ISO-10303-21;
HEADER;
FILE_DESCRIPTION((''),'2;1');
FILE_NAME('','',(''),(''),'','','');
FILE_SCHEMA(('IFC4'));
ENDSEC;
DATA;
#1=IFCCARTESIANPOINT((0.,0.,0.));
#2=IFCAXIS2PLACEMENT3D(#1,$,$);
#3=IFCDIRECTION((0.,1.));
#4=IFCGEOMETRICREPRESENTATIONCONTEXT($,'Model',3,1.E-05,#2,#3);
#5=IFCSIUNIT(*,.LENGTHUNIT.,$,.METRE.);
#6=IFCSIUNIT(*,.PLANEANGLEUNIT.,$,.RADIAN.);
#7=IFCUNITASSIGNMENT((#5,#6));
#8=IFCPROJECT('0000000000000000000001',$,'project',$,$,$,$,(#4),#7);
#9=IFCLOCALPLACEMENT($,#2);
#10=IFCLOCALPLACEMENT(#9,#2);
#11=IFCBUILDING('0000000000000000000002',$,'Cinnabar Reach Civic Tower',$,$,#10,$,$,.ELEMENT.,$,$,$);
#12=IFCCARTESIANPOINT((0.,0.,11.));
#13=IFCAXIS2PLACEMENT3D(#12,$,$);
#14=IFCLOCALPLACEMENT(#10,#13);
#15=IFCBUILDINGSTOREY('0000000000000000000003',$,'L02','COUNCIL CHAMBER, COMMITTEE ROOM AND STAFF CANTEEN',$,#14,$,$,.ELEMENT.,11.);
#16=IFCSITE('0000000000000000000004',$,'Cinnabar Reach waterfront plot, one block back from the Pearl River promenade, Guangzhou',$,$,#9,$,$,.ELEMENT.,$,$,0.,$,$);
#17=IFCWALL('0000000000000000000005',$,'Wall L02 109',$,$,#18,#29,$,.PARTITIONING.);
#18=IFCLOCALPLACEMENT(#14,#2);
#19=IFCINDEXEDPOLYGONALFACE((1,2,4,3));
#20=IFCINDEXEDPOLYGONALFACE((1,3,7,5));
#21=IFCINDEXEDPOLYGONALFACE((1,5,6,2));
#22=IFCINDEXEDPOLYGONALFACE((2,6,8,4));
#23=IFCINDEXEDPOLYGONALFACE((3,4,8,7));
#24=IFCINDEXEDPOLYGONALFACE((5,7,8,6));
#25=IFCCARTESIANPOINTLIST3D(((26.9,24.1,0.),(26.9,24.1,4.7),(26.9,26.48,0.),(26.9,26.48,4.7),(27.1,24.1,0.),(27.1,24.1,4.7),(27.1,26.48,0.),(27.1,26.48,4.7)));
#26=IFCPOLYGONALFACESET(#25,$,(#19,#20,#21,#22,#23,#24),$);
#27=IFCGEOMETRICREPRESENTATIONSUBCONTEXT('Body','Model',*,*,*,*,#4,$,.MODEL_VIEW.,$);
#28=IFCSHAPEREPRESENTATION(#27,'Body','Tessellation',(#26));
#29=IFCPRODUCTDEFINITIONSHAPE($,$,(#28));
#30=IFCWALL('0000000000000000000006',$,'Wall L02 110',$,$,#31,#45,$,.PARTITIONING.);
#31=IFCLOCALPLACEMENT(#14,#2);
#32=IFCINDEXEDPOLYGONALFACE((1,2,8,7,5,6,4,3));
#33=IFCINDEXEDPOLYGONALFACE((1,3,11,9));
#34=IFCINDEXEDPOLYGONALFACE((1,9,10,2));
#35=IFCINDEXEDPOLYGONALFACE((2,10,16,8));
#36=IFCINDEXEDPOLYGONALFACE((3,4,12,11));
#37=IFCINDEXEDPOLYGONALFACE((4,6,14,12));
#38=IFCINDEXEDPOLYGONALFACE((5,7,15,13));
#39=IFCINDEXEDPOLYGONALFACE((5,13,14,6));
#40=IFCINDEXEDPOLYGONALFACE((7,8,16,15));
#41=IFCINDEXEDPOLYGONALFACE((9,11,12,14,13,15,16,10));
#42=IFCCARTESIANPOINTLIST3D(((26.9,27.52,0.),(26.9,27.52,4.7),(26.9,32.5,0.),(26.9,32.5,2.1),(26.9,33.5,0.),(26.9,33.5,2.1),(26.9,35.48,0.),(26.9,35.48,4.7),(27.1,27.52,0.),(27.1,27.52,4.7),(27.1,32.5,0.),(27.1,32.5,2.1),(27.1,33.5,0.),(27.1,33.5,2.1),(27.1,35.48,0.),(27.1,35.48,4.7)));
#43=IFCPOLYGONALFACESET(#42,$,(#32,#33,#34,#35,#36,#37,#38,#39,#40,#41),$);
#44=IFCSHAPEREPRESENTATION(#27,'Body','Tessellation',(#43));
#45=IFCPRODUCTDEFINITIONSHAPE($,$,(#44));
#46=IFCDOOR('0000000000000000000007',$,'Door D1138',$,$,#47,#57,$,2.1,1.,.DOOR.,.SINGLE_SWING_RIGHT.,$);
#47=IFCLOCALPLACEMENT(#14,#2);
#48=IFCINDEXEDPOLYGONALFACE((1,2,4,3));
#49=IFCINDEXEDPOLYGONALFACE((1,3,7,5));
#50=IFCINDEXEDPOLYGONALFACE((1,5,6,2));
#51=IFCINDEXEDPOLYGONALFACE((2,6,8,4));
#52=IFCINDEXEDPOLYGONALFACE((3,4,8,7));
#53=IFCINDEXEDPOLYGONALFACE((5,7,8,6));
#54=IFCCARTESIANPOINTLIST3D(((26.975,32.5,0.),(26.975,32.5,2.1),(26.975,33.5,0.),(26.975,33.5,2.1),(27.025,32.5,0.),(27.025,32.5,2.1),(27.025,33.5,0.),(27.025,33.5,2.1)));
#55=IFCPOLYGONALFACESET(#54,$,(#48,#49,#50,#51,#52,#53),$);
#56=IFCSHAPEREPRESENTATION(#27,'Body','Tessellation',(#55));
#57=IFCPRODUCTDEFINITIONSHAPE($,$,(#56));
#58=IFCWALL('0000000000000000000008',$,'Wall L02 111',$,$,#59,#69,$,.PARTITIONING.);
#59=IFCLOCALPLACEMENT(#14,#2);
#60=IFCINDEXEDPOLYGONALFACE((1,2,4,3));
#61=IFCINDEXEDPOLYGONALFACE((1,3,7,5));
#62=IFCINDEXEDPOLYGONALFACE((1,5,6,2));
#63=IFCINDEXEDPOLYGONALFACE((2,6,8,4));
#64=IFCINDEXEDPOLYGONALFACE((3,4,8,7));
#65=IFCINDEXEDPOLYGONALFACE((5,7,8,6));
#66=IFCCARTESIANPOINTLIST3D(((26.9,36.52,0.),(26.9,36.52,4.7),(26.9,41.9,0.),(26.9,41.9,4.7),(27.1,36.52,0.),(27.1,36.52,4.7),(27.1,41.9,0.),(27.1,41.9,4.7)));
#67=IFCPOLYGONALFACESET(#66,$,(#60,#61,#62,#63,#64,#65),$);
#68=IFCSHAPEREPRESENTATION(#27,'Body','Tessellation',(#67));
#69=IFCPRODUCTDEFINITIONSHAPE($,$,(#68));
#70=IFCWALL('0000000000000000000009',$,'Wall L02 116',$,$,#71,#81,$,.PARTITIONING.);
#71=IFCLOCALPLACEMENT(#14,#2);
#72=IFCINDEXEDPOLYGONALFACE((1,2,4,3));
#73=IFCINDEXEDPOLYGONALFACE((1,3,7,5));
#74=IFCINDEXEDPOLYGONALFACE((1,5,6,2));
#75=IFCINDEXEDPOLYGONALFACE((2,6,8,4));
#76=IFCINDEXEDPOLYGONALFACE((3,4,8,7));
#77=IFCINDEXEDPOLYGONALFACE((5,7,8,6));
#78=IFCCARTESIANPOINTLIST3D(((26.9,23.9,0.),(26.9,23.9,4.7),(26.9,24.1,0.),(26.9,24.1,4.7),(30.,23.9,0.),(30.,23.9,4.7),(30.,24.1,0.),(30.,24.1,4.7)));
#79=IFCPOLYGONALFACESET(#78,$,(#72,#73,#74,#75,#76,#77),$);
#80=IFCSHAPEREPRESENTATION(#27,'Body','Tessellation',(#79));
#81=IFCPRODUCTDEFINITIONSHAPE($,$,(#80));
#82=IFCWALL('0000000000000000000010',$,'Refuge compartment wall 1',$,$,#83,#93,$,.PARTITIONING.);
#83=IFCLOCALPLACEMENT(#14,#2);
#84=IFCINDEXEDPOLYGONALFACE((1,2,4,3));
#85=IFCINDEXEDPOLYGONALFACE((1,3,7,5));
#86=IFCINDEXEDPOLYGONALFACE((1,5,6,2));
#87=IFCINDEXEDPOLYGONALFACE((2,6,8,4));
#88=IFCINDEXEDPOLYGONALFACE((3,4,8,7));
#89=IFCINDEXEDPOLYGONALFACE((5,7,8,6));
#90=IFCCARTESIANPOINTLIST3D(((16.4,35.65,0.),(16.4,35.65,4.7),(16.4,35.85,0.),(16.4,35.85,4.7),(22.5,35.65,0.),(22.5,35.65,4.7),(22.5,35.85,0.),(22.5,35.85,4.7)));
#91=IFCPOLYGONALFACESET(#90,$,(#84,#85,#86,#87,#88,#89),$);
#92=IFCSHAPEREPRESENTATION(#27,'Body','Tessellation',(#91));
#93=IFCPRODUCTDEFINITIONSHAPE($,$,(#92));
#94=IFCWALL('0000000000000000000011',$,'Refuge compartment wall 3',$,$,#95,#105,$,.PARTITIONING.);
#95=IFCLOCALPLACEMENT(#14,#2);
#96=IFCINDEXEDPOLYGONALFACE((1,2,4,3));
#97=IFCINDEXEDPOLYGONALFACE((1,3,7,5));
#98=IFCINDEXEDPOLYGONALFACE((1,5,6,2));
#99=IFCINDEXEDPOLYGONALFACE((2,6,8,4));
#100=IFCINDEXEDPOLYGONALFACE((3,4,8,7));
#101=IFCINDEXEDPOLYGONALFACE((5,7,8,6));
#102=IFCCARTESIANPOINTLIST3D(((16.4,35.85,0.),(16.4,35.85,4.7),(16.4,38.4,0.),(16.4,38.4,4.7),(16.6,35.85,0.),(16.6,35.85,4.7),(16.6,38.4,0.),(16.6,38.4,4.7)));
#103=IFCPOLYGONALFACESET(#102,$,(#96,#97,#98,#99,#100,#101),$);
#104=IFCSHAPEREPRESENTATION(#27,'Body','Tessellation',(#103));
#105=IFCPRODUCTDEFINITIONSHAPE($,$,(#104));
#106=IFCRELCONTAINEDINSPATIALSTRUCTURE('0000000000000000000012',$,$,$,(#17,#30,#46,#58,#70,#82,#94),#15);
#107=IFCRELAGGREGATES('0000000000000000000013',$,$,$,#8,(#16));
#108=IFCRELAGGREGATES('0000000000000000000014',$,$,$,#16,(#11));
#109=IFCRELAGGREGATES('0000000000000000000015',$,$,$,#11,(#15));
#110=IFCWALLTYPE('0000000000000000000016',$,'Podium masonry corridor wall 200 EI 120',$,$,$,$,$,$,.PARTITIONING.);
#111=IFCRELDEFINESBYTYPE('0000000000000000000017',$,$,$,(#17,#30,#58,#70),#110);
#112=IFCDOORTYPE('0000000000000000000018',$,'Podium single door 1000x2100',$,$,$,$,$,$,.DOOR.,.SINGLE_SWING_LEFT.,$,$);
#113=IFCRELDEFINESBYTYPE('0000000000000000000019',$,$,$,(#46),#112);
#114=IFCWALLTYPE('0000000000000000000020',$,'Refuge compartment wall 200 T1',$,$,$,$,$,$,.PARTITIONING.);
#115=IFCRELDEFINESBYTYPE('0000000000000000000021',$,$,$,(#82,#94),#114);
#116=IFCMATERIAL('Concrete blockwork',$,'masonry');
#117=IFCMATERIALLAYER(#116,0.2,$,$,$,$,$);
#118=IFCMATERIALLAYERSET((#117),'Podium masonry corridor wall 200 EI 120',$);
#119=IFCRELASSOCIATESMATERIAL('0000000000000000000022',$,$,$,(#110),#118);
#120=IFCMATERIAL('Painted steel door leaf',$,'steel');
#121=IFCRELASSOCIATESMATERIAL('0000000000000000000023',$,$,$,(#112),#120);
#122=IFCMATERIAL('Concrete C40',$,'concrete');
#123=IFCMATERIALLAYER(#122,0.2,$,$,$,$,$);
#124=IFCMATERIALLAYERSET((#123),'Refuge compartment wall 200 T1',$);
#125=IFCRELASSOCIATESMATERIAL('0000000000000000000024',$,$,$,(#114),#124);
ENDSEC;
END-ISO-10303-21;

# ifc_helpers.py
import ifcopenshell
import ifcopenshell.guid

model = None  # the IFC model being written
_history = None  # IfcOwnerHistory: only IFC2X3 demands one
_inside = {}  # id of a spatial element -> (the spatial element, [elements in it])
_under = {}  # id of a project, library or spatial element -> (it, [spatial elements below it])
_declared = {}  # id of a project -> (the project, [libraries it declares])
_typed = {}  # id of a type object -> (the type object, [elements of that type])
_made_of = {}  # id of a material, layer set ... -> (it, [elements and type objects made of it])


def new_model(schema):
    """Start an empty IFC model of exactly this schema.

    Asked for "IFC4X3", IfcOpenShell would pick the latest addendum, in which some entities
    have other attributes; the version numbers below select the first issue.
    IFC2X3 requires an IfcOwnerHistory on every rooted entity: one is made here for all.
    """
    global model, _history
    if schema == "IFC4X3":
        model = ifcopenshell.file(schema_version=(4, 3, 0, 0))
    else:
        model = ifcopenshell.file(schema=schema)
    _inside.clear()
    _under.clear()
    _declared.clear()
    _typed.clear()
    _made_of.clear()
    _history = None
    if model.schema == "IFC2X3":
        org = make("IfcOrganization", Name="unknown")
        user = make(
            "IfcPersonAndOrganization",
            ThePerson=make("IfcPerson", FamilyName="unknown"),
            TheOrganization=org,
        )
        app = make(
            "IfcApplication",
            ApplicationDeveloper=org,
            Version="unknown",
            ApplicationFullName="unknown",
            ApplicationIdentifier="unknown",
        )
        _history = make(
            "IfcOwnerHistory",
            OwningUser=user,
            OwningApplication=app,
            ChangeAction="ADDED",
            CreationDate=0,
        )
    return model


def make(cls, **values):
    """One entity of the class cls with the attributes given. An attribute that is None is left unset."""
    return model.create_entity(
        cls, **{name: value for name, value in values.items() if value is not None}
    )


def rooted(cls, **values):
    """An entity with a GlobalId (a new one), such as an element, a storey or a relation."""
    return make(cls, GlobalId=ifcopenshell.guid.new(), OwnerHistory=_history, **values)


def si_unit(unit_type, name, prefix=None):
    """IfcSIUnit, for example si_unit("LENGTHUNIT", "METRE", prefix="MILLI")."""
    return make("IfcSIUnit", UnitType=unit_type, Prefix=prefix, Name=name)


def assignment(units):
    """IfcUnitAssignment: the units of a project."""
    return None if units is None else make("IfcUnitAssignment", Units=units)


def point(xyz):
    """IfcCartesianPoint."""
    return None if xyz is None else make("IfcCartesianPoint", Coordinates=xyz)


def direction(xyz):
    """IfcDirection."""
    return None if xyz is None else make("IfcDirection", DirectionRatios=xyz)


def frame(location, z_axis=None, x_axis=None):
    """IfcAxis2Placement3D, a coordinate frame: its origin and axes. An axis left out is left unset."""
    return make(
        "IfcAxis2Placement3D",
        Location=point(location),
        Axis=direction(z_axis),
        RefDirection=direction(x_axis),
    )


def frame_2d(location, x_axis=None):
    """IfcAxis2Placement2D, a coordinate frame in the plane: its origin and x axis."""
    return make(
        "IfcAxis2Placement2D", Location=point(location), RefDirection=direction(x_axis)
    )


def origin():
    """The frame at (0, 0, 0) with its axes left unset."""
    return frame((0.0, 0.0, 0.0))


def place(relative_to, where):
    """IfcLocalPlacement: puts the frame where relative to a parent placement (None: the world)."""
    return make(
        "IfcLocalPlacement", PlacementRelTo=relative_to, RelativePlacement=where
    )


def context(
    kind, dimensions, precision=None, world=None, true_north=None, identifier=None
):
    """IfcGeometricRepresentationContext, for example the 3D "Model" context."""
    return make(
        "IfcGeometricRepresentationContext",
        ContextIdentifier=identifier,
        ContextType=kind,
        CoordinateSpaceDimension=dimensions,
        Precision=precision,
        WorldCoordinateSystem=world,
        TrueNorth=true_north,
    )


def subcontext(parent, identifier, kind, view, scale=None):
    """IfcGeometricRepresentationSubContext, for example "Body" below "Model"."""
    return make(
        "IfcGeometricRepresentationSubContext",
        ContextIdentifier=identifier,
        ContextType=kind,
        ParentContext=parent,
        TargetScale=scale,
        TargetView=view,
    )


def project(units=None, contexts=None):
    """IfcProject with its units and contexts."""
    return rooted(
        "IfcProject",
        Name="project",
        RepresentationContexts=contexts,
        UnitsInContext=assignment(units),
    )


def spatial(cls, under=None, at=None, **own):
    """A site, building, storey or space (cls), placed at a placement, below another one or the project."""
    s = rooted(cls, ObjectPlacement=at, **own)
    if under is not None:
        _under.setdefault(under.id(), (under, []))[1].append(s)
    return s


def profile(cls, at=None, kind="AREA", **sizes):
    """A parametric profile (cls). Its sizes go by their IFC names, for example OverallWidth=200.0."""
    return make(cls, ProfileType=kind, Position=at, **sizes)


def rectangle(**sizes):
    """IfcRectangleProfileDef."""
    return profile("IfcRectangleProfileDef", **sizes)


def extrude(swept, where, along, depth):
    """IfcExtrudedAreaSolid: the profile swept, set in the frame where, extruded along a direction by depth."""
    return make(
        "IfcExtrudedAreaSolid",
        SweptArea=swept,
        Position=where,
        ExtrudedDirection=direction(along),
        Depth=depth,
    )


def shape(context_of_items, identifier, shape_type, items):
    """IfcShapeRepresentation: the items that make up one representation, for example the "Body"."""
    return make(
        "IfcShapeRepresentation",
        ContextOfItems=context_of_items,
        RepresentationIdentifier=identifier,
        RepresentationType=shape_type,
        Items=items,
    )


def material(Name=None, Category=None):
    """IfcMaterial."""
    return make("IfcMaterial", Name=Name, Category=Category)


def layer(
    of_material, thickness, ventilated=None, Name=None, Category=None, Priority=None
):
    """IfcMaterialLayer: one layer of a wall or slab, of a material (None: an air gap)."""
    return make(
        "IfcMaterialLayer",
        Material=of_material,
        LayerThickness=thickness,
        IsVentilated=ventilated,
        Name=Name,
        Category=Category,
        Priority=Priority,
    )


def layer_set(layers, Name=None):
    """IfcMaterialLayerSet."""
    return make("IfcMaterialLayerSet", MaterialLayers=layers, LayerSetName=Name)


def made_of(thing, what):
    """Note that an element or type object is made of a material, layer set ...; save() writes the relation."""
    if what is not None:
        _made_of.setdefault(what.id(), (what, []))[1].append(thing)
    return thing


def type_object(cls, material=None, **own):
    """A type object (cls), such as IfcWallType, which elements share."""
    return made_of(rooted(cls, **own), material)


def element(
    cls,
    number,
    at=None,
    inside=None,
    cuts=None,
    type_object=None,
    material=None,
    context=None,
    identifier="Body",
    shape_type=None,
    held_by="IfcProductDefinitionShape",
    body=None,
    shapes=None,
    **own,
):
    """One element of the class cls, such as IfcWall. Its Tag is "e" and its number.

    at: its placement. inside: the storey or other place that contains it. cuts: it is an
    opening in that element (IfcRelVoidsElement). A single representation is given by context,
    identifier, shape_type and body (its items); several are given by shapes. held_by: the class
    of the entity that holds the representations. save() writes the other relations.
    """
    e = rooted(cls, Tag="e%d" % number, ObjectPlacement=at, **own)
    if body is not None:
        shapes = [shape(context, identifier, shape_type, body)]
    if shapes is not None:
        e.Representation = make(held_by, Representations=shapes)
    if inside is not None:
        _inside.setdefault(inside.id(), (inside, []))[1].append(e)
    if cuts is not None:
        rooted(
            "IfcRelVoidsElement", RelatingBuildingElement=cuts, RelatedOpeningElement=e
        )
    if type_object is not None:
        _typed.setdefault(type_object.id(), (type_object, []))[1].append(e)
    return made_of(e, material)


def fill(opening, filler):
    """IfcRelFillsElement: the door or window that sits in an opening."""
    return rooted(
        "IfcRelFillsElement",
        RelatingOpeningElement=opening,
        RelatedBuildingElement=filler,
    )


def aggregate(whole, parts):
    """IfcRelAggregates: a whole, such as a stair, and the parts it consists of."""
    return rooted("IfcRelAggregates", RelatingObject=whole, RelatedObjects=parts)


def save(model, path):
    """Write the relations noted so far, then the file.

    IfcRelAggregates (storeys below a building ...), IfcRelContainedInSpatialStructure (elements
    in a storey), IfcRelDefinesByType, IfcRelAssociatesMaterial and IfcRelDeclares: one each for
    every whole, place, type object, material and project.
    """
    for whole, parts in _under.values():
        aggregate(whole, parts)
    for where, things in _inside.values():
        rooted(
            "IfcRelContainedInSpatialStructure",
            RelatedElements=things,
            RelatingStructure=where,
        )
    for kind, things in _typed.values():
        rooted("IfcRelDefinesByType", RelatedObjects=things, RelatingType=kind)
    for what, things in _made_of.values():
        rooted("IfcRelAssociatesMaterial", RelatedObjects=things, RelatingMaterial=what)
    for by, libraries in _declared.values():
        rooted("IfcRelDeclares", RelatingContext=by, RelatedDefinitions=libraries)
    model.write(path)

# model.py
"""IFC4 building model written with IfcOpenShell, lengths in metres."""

from ifc_helpers import new_model, si_unit, direction, frame, frame_2d, origin, place, context, subcontext, project, spatial, rectangle, extrude, material, layer, layer_set, type_object, element, fill, save


model = new_model("IFC4")

# Units and contexts
model_context = context("Model", 3, precision=1e-05, world=origin(), true_north=direction((0.0, 1.0)))
body_context = subcontext(model_context, "Body", "Model", "MODEL_VIEW")
ifc_project = project(units=[si_unit("LENGTHUNIT", "METRE"), si_unit("PLANEANGLEUNIT", "RADIAN")], contexts=[model_context])

# Site, building, storey
site_placement = place(None, origin())
site = spatial("IfcSite", under=ifc_project, at=site_placement, Name="Cinnabar Reach waterfront plot, one block back from the Pearl River promenade, Guangzhou", CompositionType="ELEMENT", RefElevation=0.0)
building_placement = place(site_placement, origin())
building = spatial("IfcBuilding", under=site, at=building_placement, Name="Cinnabar Reach Civic Tower", CompositionType="ELEMENT")
storey_placement = place(building_placement, frame((0.0, 0.0, 11.0)))
storey = spatial("IfcBuildingStorey", under=building, at=storey_placement, Name="L02", Description="COUNCIL CHAMBER, COMMITTEE ROOM AND STAFF CANTEEN", CompositionType="ELEMENT", Elevation=11.0)

# Wall
ifc_material_1 = material(Name="Concrete blockwork", Category="masonry")
ifc_layer_1 = layer(ifc_material_1, 0.2)
ifc_layer_set_1 = layer_set([ifc_layer_1], Name="Podium masonry corridor wall 200 EI 120")
wall_type_1 = type_object("IfcWallType", Name="Podium masonry corridor wall 200 EI 120", PredefinedType="PARTITIONING", material=ifc_layer_set_1)
wall_1_placement = place(storey_placement, frame((27.0, 24.1, 0.0), z_axis=(0.0, 0.0, 1.0), x_axis=(0.0, 1.0, 0.0)))
element("IfcWall", 1, at=wall_1_placement, inside=storey, type_object=wall_type_1, Name="Wall L02 109", PredefinedType="PARTITIONING", context=body_context, shape_type="SweptSolid", body=[
    extrude(rectangle(XDim=2.38, YDim=0.2, at=frame_2d((1.19, 0.0))), origin(), (0.0, 0.0, 1.0), 4.7),
])

# Wall, opening, door
wall_2_placement = place(storey_placement, frame((27.0, 27.52, 0.0), z_axis=(0.0, 0.0, 1.0), x_axis=(0.0, 1.0, 0.0)))
wall_2 = element("IfcWall", 2, at=wall_2_placement, inside=storey, type_object=wall_type_1, Name="Wall L02 110", PredefinedType="PARTITIONING", context=body_context, shape_type="SweptSolid", body=[
    extrude(rectangle(XDim=7.96, YDim=0.2, at=frame_2d((3.98, 0.0))), origin(), (0.0, 0.0, 1.0), 4.7),
])
opening_1_placement = place(wall_2_placement, frame((4.98, 0.0, 0.0)))
opening_1 = element("IfcOpeningElement", 3, at=opening_1_placement, cuts=wall_2, PredefinedType="OPENING", context=body_context, shape_type="SweptSolid", body=[
    extrude(rectangle(XDim=1.0, YDim=2.1, at=frame_2d((0.5, 1.05))), frame((0.0, 0.11, 0.0), z_axis=(0.0, -1.0, 0.0), x_axis=(1.0, 0.0, 0.0)), (0.0, 0.0, 1.0), 0.22),
])
ifc_material_2 = material(Name="Painted steel door leaf", Category="steel")
door_type_1 = type_object("IfcDoorType", Name="Podium single door 1000x2100", OperationType="SINGLE_SWING_LEFT", PredefinedType="DOOR", material=ifc_material_2)
door_1_placement = place(opening_1_placement, frame((1.0, 0.0, 0.0), z_axis=(0.0, 0.0, 1.0), x_axis=(-1.0, 0.0, 0.0)))
door_1 = element("IfcDoor", 4, at=door_1_placement, inside=storey, type_object=door_type_1, Name="Door D1138", OperationType="SINGLE_SWING_RIGHT", OverallHeight=2.1, OverallWidth=1.0, PredefinedType="DOOR", context=body_context, shape_type="SweptSolid", body=[
    extrude(rectangle(XDim=1.0, YDim=2.1, at=frame_2d((0.5, 1.05))), frame((0.0, 0.025, 0.0), z_axis=(0.0, -1.0, 0.0), x_axis=(1.0, 0.0, 0.0)), (0.0, 0.0, 1.0), 0.05),
])
fill(opening_1, door_1)

# Walls
wall_3_placement = place(storey_placement, frame((27.0, 36.52, 0.0), z_axis=(0.0, 0.0, 1.0), x_axis=(0.0, 1.0, 0.0)))
element("IfcWall", 5, at=wall_3_placement, inside=storey, type_object=wall_type_1, Name="Wall L02 111", PredefinedType="PARTITIONING", context=body_context, shape_type="SweptSolid", body=[
    extrude(rectangle(XDim=5.38, YDim=0.2, at=frame_2d((2.69, 0.0))), origin(), (0.0, 0.0, 1.0), 4.7),
])
wall_4_placement = place(storey_placement, frame((26.9, 24.0, 0.0), z_axis=(0.0, 0.0, 1.0), x_axis=(1.0, 0.0, 0.0)))
element("IfcWall", 6, at=wall_4_placement, inside=storey, type_object=wall_type_1, Name="Wall L02 116", PredefinedType="PARTITIONING", context=body_context, shape_type="SweptSolid", body=[
    extrude(rectangle(XDim=3.1, YDim=0.2, at=frame_2d((1.55, 0.0))), origin(), (0.0, 0.0, 1.0), 4.7),
])
ifc_material_3 = material(Name="Concrete C40", Category="concrete")
ifc_layer_2 = layer(ifc_material_3, 0.2)
ifc_layer_set_2 = layer_set([ifc_layer_2], Name="Refuge compartment wall 200 T1")
wall_type_2 = type_object("IfcWallType", Name="Refuge compartment wall 200 T1", PredefinedType="PARTITIONING", material=ifc_layer_set_2)
wall_5_placement = place(storey_placement, frame((16.4, 35.75, 0.0), z_axis=(0.0, 0.0, 1.0), x_axis=(1.0, 0.0, 0.0)))
element("IfcWall", 7, at=wall_5_placement, inside=storey, type_object=wall_type_2, Name="Refuge compartment wall 1", PredefinedType="PARTITIONING", context=body_context, shape_type="SweptSolid", body=[
    extrude(rectangle(XDim=6.1, YDim=0.2, at=frame_2d((3.05, 0.0))), origin(), (0.0, 0.0, 1.0), 4.7),
])
wall_6_placement = place(storey_placement, frame((16.5, 35.85, 0.0), z_axis=(0.0, 0.0, 1.0), x_axis=(0.0, 1.0, 0.0)))
element("IfcWall", 8, at=wall_6_placement, inside=storey, type_object=wall_type_2, Name="Refuge compartment wall 3", PredefinedType="PARTITIONING", context=body_context, shape_type="SweptSolid", body=[
    extrude(rectangle(XDim=2.55, YDim=0.2, at=frame_2d((1.275, 0.0))), origin(), (0.0, 0.0, 1.0), 4.7),
])

save(model, "model.ifc")
